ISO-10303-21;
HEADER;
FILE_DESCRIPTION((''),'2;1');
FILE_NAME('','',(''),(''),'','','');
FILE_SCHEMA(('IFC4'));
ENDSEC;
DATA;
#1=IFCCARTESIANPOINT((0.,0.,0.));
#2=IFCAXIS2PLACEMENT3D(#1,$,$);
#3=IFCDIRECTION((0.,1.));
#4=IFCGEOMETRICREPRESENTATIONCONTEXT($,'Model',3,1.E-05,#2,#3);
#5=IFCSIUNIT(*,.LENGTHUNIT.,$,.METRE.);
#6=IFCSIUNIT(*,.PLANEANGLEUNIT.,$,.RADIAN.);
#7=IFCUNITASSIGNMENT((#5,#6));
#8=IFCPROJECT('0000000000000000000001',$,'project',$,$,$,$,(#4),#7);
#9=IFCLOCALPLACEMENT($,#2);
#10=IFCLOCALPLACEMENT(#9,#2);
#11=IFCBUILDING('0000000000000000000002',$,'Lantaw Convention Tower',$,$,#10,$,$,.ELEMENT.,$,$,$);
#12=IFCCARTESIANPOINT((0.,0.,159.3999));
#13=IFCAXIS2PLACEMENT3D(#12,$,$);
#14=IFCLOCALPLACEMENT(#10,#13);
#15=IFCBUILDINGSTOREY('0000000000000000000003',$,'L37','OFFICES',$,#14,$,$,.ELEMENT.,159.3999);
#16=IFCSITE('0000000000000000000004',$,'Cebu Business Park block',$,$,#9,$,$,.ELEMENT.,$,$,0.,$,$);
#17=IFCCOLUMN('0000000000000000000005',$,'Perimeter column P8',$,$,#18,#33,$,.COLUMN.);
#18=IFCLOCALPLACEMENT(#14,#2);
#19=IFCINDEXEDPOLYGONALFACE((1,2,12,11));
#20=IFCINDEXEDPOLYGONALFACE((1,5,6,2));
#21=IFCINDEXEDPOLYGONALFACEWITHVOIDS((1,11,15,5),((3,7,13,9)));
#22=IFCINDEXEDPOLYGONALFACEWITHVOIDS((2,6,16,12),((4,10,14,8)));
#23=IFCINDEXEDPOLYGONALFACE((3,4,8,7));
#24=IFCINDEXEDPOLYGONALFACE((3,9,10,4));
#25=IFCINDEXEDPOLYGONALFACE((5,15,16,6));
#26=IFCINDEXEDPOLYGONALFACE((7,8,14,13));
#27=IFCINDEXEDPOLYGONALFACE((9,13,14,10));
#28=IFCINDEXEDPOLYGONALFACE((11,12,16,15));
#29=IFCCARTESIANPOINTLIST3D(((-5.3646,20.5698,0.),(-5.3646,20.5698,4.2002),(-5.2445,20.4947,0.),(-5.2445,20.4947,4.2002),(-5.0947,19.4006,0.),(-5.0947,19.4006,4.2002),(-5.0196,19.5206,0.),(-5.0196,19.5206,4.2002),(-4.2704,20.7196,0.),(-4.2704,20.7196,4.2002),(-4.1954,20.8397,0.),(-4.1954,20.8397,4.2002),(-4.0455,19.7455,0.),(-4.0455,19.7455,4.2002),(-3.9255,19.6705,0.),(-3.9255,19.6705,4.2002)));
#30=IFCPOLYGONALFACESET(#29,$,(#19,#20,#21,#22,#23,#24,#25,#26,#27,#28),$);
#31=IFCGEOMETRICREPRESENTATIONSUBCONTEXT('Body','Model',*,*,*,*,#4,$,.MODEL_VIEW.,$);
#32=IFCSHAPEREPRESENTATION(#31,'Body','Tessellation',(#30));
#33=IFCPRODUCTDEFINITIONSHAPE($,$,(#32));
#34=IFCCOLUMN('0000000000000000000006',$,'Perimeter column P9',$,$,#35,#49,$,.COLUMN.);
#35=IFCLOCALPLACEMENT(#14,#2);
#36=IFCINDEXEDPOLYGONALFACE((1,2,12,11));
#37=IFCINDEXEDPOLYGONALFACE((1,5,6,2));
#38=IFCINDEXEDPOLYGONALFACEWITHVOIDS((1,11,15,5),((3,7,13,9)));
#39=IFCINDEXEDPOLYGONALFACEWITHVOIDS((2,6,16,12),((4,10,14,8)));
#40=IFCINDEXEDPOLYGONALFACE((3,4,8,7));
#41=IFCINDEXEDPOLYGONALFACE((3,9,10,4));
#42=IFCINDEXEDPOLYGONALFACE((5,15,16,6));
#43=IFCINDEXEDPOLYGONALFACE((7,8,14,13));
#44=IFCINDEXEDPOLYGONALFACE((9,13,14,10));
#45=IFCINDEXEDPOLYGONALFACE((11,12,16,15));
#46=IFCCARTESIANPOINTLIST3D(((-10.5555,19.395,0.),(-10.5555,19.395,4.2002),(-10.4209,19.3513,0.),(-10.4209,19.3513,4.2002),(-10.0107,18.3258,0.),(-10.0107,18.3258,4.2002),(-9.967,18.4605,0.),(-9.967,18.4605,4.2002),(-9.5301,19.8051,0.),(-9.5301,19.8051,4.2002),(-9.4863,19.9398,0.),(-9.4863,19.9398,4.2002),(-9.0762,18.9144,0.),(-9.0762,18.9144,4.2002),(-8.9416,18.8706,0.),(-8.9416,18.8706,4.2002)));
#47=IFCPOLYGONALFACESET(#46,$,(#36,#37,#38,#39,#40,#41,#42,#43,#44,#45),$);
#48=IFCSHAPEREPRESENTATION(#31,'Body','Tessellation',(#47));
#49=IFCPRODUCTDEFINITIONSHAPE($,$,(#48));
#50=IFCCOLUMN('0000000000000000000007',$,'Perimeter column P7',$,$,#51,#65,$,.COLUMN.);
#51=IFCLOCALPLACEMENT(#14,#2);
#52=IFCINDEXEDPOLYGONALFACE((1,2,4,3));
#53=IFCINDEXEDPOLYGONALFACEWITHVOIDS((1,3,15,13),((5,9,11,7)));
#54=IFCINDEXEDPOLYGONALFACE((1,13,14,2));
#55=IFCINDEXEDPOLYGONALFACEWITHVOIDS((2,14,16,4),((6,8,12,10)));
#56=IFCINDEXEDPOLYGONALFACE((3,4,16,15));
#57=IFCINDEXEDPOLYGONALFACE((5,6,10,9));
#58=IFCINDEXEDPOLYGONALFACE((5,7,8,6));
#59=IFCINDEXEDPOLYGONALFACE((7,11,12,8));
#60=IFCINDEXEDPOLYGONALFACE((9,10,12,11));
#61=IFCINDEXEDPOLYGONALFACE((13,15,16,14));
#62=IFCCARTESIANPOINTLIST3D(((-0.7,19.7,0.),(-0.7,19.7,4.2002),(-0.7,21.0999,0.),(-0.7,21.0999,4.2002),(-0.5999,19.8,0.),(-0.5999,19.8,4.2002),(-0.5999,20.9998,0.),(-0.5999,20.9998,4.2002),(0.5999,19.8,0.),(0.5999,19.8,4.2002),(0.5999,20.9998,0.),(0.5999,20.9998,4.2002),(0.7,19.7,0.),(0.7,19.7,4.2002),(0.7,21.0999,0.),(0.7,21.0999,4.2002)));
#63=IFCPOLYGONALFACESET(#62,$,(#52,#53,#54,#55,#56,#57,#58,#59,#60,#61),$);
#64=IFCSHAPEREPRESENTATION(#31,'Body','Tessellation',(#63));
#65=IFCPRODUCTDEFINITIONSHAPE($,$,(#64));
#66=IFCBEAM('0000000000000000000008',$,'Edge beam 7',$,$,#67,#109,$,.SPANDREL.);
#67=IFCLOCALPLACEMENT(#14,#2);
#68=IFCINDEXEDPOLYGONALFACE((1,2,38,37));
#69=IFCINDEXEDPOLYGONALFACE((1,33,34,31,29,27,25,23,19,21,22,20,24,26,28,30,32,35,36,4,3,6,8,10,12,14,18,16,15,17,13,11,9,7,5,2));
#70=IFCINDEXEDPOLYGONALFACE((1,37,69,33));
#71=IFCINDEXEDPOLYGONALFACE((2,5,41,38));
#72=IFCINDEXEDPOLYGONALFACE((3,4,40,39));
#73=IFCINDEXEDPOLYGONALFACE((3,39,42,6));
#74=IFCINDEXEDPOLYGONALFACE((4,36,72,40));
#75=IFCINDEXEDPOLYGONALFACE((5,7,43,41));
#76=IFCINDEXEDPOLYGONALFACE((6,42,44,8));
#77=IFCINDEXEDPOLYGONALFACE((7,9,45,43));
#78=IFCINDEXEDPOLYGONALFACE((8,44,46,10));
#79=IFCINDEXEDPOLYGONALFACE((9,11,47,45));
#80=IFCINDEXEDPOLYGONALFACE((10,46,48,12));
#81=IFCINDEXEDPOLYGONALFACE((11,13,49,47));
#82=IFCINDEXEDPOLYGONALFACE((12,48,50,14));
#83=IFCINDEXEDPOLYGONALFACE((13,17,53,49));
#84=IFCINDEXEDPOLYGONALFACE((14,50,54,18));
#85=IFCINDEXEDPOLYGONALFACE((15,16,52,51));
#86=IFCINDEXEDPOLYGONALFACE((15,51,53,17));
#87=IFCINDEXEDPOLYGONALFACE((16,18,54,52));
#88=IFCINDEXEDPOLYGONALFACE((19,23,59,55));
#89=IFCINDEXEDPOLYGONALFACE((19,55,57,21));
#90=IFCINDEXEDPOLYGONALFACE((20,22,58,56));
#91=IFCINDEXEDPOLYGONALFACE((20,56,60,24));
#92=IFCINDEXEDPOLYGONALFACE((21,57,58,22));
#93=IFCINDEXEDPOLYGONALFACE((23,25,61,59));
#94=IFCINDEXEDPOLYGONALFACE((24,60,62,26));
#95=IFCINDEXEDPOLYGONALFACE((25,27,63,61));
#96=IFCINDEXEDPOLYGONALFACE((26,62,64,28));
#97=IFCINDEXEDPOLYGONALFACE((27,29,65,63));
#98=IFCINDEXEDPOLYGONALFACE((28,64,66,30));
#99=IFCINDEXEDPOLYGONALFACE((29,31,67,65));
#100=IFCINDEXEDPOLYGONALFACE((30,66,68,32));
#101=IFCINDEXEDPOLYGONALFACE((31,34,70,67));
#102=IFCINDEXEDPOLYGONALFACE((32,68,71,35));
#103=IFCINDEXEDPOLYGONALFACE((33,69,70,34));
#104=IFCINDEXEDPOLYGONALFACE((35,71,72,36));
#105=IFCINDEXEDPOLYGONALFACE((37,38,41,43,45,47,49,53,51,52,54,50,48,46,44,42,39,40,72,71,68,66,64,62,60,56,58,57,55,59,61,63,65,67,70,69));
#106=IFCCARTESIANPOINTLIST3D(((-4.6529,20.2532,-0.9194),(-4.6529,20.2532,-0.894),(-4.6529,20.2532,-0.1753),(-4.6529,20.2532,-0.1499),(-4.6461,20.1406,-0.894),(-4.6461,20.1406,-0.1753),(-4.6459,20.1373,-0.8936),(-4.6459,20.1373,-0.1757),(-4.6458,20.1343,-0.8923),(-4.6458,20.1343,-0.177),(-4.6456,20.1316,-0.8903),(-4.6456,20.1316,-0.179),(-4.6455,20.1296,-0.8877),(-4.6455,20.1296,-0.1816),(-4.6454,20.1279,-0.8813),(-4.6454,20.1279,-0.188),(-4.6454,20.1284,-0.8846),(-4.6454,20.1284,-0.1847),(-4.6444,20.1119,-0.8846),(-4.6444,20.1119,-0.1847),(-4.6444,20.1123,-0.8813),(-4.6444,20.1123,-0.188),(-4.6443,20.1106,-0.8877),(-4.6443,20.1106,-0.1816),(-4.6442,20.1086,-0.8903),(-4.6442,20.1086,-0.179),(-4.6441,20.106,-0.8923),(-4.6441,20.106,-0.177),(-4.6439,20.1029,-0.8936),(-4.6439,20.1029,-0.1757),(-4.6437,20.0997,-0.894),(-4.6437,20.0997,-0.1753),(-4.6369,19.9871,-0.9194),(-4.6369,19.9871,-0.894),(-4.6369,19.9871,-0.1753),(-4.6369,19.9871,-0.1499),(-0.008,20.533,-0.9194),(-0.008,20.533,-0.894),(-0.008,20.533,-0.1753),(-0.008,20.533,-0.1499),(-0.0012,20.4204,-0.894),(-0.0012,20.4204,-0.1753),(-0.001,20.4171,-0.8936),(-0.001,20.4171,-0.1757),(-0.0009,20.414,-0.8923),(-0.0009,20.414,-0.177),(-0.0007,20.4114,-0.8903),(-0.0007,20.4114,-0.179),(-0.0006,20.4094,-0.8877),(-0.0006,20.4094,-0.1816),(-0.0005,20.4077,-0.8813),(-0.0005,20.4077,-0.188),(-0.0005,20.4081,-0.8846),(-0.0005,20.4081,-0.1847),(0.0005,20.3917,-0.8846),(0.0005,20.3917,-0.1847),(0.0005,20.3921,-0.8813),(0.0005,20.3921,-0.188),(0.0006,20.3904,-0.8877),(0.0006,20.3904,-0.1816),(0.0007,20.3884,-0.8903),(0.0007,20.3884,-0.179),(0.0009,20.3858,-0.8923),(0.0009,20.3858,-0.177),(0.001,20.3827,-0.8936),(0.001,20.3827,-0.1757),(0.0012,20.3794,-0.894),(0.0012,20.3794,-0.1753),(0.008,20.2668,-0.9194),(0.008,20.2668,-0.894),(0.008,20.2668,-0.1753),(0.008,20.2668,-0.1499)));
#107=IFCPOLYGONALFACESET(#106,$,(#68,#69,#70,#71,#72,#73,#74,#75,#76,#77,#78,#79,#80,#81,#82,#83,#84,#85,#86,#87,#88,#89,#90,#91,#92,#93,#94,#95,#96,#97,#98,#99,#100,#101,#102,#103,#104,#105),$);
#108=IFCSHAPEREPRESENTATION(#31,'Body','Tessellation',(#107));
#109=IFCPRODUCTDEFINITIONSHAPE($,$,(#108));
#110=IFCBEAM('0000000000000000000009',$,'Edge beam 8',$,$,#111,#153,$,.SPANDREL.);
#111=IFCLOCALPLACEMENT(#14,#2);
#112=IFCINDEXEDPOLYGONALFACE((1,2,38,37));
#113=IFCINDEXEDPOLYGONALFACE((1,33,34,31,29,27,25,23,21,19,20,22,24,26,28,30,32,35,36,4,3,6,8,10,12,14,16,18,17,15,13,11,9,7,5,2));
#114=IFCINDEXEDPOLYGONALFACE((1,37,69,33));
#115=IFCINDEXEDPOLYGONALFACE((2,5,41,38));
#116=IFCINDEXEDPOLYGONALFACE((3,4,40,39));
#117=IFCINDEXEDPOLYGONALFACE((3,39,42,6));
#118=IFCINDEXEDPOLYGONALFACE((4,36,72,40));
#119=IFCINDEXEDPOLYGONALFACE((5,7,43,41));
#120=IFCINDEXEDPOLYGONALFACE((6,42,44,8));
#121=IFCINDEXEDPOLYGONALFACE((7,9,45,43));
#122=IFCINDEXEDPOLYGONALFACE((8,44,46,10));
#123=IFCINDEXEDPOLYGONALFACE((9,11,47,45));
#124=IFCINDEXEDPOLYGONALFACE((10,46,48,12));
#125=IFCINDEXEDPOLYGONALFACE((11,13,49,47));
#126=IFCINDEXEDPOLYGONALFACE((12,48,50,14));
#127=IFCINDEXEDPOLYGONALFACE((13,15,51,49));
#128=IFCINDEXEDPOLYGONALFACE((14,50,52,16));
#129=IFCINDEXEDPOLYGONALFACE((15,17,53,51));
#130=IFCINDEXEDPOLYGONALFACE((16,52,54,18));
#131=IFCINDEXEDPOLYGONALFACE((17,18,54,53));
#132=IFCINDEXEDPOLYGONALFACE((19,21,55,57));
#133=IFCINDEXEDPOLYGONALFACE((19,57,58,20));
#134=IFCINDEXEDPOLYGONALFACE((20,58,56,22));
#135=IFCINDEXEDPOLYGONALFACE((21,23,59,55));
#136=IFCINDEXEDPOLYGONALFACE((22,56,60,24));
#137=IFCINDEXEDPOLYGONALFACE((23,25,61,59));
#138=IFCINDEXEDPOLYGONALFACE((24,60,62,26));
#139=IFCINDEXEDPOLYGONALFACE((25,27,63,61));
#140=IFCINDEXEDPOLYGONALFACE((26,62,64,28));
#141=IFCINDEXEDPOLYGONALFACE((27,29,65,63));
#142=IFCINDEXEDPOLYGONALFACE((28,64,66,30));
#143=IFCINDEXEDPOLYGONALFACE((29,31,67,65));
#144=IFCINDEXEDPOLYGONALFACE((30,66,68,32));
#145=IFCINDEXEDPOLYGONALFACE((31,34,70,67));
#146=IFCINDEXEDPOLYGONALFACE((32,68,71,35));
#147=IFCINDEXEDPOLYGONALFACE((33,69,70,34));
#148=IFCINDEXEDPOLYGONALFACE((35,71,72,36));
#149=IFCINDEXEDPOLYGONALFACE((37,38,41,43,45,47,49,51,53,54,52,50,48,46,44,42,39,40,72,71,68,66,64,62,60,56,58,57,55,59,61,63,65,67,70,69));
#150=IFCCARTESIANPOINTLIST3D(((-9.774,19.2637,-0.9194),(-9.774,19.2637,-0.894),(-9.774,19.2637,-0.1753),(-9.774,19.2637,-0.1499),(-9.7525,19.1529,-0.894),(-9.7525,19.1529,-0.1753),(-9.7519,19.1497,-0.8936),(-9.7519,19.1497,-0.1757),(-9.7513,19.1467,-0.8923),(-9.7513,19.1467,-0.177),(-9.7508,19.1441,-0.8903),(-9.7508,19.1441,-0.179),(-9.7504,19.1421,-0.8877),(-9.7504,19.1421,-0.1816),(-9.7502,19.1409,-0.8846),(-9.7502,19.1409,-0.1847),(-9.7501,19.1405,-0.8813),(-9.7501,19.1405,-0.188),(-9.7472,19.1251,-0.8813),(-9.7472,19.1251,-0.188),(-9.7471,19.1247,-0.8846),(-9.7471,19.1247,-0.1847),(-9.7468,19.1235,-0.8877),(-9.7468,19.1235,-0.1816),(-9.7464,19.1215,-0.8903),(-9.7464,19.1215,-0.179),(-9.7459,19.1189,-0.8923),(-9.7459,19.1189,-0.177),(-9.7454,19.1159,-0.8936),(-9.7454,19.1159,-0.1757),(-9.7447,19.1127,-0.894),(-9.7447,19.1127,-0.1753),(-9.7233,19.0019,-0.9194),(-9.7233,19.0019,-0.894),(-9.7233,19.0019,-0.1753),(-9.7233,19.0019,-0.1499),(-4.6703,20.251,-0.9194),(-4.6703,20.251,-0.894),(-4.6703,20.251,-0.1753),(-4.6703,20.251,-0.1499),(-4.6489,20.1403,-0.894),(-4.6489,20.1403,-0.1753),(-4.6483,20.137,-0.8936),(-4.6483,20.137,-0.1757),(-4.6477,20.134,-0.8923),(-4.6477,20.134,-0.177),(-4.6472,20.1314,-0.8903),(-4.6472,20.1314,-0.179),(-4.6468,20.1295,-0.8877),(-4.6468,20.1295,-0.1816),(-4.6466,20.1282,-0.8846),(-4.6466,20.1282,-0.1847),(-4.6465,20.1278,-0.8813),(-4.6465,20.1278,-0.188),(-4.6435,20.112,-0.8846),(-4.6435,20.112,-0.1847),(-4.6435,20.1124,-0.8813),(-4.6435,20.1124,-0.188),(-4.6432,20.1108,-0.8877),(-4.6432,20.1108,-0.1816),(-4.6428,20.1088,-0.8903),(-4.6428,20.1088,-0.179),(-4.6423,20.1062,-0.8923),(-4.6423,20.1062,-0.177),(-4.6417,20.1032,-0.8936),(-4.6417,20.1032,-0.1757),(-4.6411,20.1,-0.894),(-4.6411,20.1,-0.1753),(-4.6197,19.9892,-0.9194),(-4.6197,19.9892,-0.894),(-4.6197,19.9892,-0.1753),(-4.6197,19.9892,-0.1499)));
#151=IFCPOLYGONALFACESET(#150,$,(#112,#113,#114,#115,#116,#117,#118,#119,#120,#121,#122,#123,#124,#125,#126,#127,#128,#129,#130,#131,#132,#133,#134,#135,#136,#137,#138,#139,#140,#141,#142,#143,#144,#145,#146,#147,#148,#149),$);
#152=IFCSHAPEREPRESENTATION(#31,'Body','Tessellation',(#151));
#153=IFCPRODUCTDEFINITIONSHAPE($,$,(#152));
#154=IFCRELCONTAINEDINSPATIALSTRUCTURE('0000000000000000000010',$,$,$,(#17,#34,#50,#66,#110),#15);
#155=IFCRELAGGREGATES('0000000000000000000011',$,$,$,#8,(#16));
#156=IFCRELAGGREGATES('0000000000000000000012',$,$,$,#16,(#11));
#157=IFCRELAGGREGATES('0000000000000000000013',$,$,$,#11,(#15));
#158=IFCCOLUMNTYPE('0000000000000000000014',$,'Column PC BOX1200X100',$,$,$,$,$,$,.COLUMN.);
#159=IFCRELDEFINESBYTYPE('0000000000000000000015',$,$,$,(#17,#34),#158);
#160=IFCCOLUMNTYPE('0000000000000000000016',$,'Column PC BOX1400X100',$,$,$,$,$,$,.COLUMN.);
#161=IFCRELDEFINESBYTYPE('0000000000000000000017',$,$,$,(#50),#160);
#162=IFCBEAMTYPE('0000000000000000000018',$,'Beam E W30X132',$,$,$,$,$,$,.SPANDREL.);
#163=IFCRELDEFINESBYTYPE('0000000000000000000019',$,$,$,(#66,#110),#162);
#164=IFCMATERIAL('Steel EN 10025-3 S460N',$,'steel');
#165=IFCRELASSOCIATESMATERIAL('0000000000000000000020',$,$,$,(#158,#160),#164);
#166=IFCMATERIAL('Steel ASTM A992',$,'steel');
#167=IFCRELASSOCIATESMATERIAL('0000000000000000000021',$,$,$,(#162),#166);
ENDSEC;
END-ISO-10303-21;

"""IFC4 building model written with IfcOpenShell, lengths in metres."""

from ifc_helpers import new_model, si_unit, direction, frame, origin, origin_2d, place, context, subcontext, project, spatial, rectangle, hollow_rectangle, i_section, extrude, material, material_profile, profile_set, type_object, element, save


model = new_model("IFC4")

# Units and contexts
model_context = context("Model", 3, precision=1e-05, world=origin(), true_north=direction((0.0, 1.0)))
body_context = subcontext(model_context, "Body", "Model", "MODEL_VIEW")
ifc_project = project(units=[si_unit("LENGTHUNIT", "METRE"), si_unit("PLANEANGLEUNIT", "RADIAN")], contexts=[model_context])

# Site, building, storey
site_placement = place(None, origin())
site = spatial("IfcSite", under=ifc_project, at=site_placement, Name="Cebu Business Park block", CompositionType="ELEMENT", RefElevation=0.0)
building_placement = place(site_placement, origin())
building = spatial("IfcBuilding", under=site, at=building_placement, Name="Lantaw Convention Tower", CompositionType="ELEMENT")
storey_placement = place(building_placement, frame((0.0, 0.0, 159.3999)))
storey = spatial("IfcBuildingStorey", under=building, at=storey_placement, Name="L37", Description="OFFICES", CompositionType="ELEMENT", Elevation=159.3999)

# Columns
ifc_material_1 = material(Name="Steel EN 10025-3 S460N", Category="steel")
ifc_material_profile_1 = material_profile(ifc_material_1, hollow_rectangle(XDim=1.2, YDim=1.2, WallThickness=0.1001, at=origin_2d()), Name="BOX1200X100")
ifc_material_2 = material(Name="Concrete C60/75", Category="concrete")
ifc_material_profile_2 = material_profile(ifc_material_2, rectangle(XDim=1.0, YDim=1.0, at=origin_2d()), Name="Concrete fill of BOX1200X100")
ifc_profile_set_1 = profile_set([ifc_material_profile_1, ifc_material_profile_2], Name="Steel EN 10025-3 S460N")
column_type_1 = type_object("IfcColumnType", Name="Column PC BOX1200X100", PredefinedType="COLUMN", material=ifc_profile_set_1)
for number, where, z_axis, x_axis, name in (
    (1, (-4.645, 20.1201, 0.0), (0.0, 0.0, 1.0), (0.97437, 0.224951, 0.0), "Perimeter column P8"),
    (2, (-9.7485, 19.1328, 0.0), (0.0, 0.0, 1.0), (0.891007, 0.45399, 0.0), "Perimeter column P9"),
):
    element("IfcColumn", number, at=place(storey_placement, frame(where, z_axis=z_axis, x_axis=x_axis)), inside=storey, type_object=column_type_1, Name=name, PredefinedType="COLUMN", context=body_context, shape_type="SweptSolid", body=[
        extrude(hollow_rectangle(XDim=1.2, YDim=1.2, WallThickness=0.1001, at=origin_2d()), origin(), (0.0, 0.0, 1.0), 4.2002),
    ])
ifc_material_profile_3 = material_profile(ifc_material_1, hollow_rectangle(XDim=1.3999, YDim=1.3999, WallThickness=0.1001, at=origin_2d()), Name="BOX1400X100")
ifc_material_profile_4 = material_profile(ifc_material_2, rectangle(XDim=1.2, YDim=1.2, at=origin_2d()), Name="Concrete fill of BOX1400X100")
ifc_profile_set_2 = profile_set([ifc_material_profile_3, ifc_material_profile_4], Name="Steel EN 10025-3 S460N")
column_type_2 = type_object("IfcColumnType", Name="Column PC BOX1400X100", PredefinedType="COLUMN", material=ifc_profile_set_2)
column_placement = place(storey_placement, frame((0.0, 20.3999, 0.0), z_axis=(0.0, 0.0, 1.0), x_axis=(1.0, 0.0, 0.0)))
element("IfcColumn", 3, at=column_placement, inside=storey, type_object=column_type_2, Name="Perimeter column P7", PredefinedType="COLUMN", context=body_context, shape_type="SweptSolid", body=[
    extrude(hollow_rectangle(XDim=1.3999, YDim=1.3999, WallThickness=0.1001, at=origin_2d()), origin(), (0.0, 0.0, 1.0), 4.2002),
])

# Beams
ifc_material_3 = material(Name="Steel ASTM A992", Category="steel")
ifc_material_profile_5 = material_profile(ifc_material_3, i_section(OverallWidth=0.2666, OverallDepth=0.7695, WebThickness=0.0156, FlangeThickness=0.0254, FilletRadius=0.0127, at=origin_2d()), Name="W30X132")
ifc_profile_set_3 = profile_set([ifc_material_profile_5], Name="Steel ASTM A992")
beam_type = type_object("IfcBeamType", Name="Beam E W30X132", PredefinedType="SPANDREL", material=ifc_profile_set_3)
beam_1_placement = place(storey_placement, frame((0.0, 20.3999, -0.5347), z_axis=(-0.998191, -0.060124, 0.0), x_axis=(0.060124, -0.998191, 0.0)))
element("IfcBeam", 4, at=beam_1_placement, inside=storey, type_object=beam_type, Name="Edge beam 7", PredefinedType="SPANDREL", context=body_context, shape_type="SweptSolid", body=[
    extrude(i_section(OverallWidth=0.2666, OverallDepth=0.7695, WebThickness=0.0156, FlangeThickness=0.0254, FilletRadius=0.0127, at=origin_2d()), origin(), (0.0, 0.0, 1.0), 4.6533),
])
beam_2_placement = place(storey_placement, frame((-4.645, 20.1201, -0.5347), z_axis=(-0.981797, -0.189934, 0.0), x_axis=(0.189934, -0.981797, 0.0)))
element("IfcBeam", 5, at=beam_2_placement, inside=storey, type_object=beam_type, Name="Edge beam 8", PredefinedType="SPANDREL", context=body_context, shape_type="SweptSolid", body=[
    extrude(i_section(OverallWidth=0.2666, OverallDepth=0.7695, WebThickness=0.0156, FlangeThickness=0.0254, FilletRadius=0.0127, at=origin_2d()), origin(), (0.0, 0.0, 1.0), 5.1982),
])

save(model, "model.ifc")
